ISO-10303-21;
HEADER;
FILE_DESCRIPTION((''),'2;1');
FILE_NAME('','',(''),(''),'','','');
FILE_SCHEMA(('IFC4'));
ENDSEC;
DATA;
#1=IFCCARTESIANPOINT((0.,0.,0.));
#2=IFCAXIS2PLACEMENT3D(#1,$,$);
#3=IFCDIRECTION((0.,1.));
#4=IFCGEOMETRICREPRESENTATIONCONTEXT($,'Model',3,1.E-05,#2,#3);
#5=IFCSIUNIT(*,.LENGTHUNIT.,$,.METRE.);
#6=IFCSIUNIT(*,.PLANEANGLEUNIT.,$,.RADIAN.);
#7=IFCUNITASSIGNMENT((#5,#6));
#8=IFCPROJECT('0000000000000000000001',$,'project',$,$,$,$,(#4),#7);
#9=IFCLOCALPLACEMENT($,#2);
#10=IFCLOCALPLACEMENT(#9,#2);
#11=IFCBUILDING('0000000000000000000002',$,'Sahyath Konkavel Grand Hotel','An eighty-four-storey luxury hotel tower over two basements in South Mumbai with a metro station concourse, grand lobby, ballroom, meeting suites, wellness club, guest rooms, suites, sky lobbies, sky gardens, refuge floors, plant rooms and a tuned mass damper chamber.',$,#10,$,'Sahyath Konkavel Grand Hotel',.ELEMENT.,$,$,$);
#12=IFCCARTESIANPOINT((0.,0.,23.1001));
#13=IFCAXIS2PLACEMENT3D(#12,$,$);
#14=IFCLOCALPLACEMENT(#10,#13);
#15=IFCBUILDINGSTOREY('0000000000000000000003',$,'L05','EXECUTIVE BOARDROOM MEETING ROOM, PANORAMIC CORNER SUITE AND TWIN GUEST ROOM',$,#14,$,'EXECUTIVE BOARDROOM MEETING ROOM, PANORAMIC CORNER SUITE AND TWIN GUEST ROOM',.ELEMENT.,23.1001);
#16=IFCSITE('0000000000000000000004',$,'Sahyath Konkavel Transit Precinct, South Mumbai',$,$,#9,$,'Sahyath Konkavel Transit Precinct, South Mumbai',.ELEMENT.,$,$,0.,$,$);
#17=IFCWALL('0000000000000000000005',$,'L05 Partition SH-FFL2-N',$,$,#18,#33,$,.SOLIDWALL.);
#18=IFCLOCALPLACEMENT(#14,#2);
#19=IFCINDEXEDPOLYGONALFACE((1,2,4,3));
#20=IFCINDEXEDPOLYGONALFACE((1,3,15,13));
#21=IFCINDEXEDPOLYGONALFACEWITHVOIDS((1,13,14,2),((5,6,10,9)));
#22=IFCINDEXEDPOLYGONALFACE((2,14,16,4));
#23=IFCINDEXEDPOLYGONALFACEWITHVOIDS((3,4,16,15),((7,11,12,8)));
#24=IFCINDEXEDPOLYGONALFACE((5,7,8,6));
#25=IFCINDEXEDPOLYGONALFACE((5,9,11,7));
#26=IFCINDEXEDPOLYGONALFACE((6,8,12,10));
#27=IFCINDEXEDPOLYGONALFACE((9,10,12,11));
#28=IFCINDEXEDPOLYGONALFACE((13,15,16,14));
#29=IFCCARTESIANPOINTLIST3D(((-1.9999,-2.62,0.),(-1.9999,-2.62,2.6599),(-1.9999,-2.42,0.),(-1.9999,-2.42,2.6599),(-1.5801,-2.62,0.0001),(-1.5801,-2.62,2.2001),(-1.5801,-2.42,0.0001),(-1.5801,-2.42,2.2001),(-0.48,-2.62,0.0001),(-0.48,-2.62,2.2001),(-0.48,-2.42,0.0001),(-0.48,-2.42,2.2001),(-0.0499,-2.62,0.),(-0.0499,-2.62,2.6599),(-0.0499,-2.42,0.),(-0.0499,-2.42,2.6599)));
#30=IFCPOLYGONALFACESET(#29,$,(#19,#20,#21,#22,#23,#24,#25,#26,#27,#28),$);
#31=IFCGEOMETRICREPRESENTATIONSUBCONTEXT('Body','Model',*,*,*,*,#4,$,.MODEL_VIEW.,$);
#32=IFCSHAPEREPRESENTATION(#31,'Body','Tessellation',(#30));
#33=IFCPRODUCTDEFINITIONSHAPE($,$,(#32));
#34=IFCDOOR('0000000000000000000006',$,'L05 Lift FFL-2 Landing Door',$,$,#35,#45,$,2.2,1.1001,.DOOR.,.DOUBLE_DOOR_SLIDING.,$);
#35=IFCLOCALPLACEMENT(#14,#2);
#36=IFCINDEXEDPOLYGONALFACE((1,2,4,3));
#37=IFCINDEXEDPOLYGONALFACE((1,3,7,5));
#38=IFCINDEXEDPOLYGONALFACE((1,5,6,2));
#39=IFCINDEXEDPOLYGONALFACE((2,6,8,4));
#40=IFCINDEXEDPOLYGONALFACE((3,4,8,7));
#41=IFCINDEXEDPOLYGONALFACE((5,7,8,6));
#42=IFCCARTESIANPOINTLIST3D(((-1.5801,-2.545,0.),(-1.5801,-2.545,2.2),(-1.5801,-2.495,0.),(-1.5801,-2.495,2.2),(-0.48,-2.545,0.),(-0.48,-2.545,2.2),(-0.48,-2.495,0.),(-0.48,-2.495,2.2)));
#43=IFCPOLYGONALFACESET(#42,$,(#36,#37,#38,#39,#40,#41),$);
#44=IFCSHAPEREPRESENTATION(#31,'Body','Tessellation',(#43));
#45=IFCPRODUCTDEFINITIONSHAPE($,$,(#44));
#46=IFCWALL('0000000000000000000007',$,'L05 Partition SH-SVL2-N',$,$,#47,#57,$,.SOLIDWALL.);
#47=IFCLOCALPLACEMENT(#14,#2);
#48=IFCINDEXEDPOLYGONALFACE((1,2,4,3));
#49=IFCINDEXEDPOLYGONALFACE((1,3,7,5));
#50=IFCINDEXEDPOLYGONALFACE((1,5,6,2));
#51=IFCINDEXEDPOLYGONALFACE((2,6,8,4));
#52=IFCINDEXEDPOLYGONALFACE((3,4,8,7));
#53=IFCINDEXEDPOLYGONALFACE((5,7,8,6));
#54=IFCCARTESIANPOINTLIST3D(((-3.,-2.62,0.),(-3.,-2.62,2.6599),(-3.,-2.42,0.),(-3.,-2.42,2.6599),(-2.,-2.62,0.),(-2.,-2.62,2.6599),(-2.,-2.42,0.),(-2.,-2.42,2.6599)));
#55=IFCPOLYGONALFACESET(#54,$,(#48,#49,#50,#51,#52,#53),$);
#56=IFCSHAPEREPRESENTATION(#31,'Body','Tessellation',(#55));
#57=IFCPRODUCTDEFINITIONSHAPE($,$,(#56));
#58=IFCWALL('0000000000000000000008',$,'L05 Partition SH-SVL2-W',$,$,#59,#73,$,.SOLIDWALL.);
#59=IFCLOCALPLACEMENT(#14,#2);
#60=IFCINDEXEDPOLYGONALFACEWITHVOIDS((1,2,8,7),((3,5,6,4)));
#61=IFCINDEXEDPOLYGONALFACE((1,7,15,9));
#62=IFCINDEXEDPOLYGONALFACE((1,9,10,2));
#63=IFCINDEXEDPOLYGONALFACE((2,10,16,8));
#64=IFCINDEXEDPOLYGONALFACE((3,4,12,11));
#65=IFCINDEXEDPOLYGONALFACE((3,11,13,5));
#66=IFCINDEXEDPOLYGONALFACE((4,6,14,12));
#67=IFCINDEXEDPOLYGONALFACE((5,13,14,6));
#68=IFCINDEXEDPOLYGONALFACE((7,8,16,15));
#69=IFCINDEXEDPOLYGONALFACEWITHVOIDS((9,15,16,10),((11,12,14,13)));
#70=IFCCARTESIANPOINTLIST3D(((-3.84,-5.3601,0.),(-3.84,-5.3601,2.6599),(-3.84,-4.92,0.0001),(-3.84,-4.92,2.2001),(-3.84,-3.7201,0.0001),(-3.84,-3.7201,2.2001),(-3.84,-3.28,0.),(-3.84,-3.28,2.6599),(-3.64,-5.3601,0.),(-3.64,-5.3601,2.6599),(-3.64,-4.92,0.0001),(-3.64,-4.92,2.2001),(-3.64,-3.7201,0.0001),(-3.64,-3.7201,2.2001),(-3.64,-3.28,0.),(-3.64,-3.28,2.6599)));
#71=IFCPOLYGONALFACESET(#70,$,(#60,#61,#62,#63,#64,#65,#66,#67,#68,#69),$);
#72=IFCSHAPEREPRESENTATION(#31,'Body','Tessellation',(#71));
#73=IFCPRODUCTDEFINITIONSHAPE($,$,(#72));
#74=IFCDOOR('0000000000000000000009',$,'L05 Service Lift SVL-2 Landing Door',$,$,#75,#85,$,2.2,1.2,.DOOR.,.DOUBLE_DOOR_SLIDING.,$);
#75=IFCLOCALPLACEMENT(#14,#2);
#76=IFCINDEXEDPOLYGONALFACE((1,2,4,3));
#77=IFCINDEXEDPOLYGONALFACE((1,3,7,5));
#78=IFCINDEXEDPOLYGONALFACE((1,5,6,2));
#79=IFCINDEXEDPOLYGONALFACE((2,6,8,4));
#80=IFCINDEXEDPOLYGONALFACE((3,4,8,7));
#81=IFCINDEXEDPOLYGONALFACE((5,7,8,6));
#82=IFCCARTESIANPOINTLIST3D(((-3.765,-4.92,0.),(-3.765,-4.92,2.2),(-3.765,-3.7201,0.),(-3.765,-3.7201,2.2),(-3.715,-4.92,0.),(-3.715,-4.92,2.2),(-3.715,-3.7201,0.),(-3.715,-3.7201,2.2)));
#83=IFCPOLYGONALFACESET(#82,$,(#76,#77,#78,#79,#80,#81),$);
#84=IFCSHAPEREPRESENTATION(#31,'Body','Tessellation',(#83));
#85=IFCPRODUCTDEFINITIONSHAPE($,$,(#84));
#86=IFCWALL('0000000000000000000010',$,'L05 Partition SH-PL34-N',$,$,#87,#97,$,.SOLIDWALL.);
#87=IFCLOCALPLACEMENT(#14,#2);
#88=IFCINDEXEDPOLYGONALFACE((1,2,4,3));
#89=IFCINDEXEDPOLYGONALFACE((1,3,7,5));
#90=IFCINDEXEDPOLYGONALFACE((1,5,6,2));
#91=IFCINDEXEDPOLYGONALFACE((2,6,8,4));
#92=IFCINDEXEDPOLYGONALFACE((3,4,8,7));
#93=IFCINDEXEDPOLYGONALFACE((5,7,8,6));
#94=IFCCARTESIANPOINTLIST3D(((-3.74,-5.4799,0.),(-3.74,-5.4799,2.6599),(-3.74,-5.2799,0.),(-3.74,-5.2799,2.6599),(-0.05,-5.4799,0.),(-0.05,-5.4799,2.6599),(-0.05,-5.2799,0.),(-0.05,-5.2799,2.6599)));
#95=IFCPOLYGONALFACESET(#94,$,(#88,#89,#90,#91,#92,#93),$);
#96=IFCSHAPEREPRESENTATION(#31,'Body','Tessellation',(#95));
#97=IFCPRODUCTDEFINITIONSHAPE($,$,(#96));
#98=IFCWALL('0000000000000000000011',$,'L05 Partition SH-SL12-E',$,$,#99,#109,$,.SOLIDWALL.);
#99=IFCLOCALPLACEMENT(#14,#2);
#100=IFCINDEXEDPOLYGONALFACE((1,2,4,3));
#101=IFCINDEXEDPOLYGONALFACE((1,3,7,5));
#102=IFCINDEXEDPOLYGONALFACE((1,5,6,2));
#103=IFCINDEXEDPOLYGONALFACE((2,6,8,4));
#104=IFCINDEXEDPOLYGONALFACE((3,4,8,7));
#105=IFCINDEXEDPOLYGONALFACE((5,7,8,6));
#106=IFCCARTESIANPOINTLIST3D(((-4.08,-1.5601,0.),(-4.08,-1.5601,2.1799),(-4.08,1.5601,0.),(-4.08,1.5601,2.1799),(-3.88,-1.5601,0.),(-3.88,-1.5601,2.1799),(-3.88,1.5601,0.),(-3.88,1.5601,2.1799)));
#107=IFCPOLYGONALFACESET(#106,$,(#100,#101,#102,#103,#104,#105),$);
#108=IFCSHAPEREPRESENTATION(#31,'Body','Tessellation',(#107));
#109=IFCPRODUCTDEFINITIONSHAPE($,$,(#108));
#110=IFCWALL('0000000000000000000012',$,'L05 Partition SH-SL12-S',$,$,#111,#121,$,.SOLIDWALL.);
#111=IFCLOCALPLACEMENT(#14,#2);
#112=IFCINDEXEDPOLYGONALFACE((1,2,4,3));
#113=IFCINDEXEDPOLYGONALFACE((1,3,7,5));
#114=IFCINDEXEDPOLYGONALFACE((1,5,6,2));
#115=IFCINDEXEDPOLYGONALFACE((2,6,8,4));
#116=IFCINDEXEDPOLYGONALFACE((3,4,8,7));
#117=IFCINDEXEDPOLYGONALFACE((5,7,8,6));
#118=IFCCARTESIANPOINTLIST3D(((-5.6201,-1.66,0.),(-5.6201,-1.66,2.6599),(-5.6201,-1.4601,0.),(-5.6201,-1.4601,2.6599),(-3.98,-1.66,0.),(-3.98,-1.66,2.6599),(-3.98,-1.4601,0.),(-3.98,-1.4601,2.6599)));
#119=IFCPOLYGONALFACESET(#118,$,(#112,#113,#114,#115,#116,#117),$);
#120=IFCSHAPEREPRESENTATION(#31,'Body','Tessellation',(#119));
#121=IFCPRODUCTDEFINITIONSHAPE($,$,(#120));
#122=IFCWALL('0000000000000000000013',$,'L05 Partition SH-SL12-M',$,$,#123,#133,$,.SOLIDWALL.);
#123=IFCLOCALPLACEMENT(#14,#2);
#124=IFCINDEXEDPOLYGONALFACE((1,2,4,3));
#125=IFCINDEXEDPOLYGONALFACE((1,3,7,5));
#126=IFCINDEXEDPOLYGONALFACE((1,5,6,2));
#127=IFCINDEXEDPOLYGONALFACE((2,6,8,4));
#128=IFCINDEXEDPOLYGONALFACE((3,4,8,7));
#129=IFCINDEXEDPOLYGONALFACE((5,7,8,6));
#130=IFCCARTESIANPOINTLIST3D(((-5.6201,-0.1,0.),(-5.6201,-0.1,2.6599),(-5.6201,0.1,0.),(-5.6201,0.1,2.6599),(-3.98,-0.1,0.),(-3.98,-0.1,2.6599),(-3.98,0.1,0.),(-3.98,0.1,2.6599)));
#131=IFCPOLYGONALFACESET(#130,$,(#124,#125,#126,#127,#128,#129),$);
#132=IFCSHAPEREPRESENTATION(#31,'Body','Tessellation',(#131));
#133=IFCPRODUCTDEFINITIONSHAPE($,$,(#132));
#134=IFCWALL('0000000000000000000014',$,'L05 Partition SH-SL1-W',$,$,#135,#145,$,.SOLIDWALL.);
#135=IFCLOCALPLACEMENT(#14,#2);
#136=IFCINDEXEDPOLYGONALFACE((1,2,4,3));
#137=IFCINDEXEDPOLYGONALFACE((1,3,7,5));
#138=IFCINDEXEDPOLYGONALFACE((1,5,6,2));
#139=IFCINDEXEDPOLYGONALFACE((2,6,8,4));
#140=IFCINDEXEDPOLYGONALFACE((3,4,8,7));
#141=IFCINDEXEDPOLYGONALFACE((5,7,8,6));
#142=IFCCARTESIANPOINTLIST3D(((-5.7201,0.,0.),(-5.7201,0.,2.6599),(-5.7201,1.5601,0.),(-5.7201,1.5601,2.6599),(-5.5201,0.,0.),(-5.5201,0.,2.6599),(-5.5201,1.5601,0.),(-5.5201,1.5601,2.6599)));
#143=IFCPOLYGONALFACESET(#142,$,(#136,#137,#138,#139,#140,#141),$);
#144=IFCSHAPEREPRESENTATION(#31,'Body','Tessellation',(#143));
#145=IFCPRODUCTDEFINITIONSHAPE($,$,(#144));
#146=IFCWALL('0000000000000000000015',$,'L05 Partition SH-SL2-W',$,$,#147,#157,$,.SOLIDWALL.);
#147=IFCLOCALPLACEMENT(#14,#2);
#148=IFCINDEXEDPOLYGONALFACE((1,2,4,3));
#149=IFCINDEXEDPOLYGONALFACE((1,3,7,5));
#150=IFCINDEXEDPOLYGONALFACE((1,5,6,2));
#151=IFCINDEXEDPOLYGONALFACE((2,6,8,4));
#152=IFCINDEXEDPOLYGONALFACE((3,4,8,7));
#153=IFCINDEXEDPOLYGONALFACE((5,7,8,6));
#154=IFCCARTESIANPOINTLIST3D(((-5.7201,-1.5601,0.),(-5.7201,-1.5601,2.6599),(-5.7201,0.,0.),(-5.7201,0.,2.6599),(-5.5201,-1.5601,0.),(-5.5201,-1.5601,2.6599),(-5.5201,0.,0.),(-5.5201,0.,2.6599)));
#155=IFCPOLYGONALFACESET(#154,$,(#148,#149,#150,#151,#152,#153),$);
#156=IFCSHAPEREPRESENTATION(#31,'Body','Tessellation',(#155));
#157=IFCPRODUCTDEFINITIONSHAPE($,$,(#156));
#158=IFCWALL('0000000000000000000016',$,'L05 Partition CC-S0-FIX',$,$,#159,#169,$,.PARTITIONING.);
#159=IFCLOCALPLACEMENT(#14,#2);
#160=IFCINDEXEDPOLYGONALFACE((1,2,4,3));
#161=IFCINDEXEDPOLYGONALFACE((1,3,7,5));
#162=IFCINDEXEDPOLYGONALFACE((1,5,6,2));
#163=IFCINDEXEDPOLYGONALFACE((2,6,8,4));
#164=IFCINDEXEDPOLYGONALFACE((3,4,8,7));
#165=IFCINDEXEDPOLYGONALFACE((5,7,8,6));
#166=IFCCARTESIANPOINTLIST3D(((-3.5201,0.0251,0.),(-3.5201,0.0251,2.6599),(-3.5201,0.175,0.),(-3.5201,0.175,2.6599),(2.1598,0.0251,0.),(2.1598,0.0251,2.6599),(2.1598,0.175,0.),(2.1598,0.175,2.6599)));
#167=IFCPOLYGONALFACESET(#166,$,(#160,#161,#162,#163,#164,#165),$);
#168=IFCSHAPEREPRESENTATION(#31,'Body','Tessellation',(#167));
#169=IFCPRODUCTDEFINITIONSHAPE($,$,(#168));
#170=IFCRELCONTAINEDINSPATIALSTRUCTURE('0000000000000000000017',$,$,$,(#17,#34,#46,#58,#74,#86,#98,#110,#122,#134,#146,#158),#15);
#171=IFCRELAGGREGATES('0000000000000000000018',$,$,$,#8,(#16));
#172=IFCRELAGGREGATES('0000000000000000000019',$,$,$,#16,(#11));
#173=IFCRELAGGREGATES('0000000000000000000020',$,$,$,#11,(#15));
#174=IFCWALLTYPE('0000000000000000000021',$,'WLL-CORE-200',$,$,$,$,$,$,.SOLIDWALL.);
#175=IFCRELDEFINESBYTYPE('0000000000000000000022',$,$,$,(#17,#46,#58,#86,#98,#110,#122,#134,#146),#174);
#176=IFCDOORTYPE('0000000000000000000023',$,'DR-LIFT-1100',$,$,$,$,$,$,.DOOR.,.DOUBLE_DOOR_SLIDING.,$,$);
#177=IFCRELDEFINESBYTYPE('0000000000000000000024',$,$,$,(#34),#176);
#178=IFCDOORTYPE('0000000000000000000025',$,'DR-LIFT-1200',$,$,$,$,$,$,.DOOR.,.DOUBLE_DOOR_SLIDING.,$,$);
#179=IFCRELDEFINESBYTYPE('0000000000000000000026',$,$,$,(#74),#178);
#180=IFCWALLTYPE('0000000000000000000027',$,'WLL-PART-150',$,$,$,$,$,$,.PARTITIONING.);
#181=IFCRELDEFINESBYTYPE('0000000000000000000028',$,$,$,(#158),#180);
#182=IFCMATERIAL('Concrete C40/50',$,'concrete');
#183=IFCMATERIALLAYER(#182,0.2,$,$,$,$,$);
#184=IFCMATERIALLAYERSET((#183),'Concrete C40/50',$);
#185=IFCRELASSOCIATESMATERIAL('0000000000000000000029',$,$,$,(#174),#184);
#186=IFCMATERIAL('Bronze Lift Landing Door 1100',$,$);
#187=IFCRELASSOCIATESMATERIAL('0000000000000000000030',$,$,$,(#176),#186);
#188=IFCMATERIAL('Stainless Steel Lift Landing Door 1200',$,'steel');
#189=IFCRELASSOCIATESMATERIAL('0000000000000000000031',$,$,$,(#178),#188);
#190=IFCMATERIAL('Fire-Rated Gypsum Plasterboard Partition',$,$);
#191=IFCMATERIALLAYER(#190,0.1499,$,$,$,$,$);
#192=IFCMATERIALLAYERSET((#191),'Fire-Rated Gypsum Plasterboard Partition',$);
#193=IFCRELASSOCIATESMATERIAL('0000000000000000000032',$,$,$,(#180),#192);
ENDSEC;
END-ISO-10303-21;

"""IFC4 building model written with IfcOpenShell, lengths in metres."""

from ifc_helpers import new_model, si_unit, direction, frame, frame_2d, origin, origin_2d, place, context, subcontext, project, spatial, rectangle, extrude, source, transform, mapped, material, layer, layer_set, type_object, element, fill, save


model = new_model("IFC4")

# Units and contexts
model_context = context("Model", 3, precision=1e-05, world=origin(), true_north=direction((0.0, 1.0)))
body_context = subcontext(model_context, "Body", "Model", "MODEL_VIEW")
ifc_project = project(units=[si_unit("LENGTHUNIT", "METRE"), si_unit("PLANEANGLEUNIT", "RADIAN")], contexts=[model_context])

# Site, building, storey
site_placement = place(None, origin())
site = spatial("IfcSite", under=ifc_project, at=site_placement, Name="Sahyath Konkavel Transit Precinct, South Mumbai", LongName="Sahyath Konkavel Transit Precinct, South Mumbai", CompositionType="ELEMENT", RefElevation=0.0)
building_placement = place(site_placement, origin())
building = spatial("IfcBuilding", under=site, at=building_placement, Name="Sahyath Konkavel Grand Hotel", Description="An eighty-four-storey luxury hotel tower over two basements in South Mumbai with a metro station concourse, grand lobby, ballroom, meeting suites, wellness club, guest rooms, suites, sky lobbies, sky gardens, refuge floors, plant rooms and a tuned mass damper chamber.", LongName="Sahyath Konkavel Grand Hotel", CompositionType="ELEMENT")
storey_placement = place(building_placement, frame((0.0, 0.0, 23.1001)))
storey = spatial("IfcBuildingStorey", under=building, at=storey_placement, Name="L05", Description="EXECUTIVE BOARDROOM MEETING ROOM, PANORAMIC CORNER SUITE AND TWIN GUEST ROOM", LongName="EXECUTIVE BOARDROOM MEETING ROOM, PANORAMIC CORNER SUITE AND TWIN GUEST ROOM", CompositionType="ELEMENT", Elevation=23.1001)

# Shared definitions
ifc_material_1 = material(Name="Concrete C40/50", Category="concrete")

# Shared definitions
ifc_layer_1 = layer(ifc_material_1, 0.2)
ifc_layer_set_1 = layer_set([ifc_layer_1], Name="Concrete C40/50")
wall_type_1 = type_object("IfcWallType", Name="WLL-CORE-200", PredefinedType="SOLIDWALL", material=ifc_layer_set_1)

# Wall, opening, door
wall_1_placement = place(storey_placement, frame((-2.0, -2.52, 0.0), z_axis=(0.0, 0.0, 1.0), x_axis=(1.0, 0.0, 0.0)))
wall_1 = element("IfcWall", 1, at=wall_1_placement, inside=storey, type_object=wall_type_1, Name="L05 Partition SH-FFL2-N", PredefinedType="SOLIDWALL", context=body_context, shape_type="SweptSolid", body=[
    extrude(rectangle(XDim=1.95, YDim=0.2, at=frame_2d((0.9751, 0.0))), origin(), (0.0, 0.0, 1.0), 2.6599),
])
opening_1_placement = place(wall_1_placement, frame((0.4199, 0.0, 0.0)))
opening_1 = element("IfcOpeningElement", 2, at=opening_1_placement, cuts=wall_1, PredefinedType="OPENING", context=body_context, shape_type="SweptSolid", body=[
    extrude(rectangle(XDim=1.1001, YDim=2.2, at=frame_2d((0.55, 1.1001))), frame((0.0, 0.1099, 0.0), z_axis=(0.0, -1.0, 0.0), x_axis=(1.0, 0.0, 0.0)), (0.0, 0.0, 1.0), 0.22),
])
ifc_material_2 = material(Name="Bronze Lift Landing Door 1100")
door_type_1 = type_object("IfcDoorType", Name="DR-LIFT-1100", OperationType="DOUBLE_DOOR_SLIDING", PredefinedType="DOOR", material=ifc_material_2)
shared_shape_1 = source(origin(), body_context, "Body", "SweptSolid", [
    extrude(rectangle(XDim=1.1001, YDim=0.05, at=origin_2d()), origin(), (0.0, 0.0, 1.0), 2.2),
])
door_1_placement = place(opening_1_placement, frame((0.55, 0.0, 0.0)))
door_1 = element("IfcDoor", 3, at=door_1_placement, inside=storey, type_object=door_type_1, Name="L05 Lift FFL-2 Landing Door", OperationType="DOUBLE_DOOR_SLIDING", OverallHeight=2.2, OverallWidth=1.1001, PredefinedType="DOOR", context=body_context, shape_type="MappedRepresentation", body=[
    mapped(shared_shape_1, transform((0.0, 0.0, 0.0), scale=1.0)),
])
fill(opening_1, door_1)

# Wall
wall_2_placement = place(storey_placement, frame((-3.0, -2.52, 0.0), z_axis=(0.0, 0.0, 1.0), x_axis=(1.0, 0.0, 0.0)))
element("IfcWall", 4, at=wall_2_placement, inside=storey, type_object=wall_type_1, Name="L05 Partition SH-SVL2-N", PredefinedType="SOLIDWALL", context=body_context, shape_type="SweptSolid", body=[
    extrude(rectangle(XDim=1.0, YDim=0.2, at=frame_2d((0.5, 0.0))), origin(), (0.0, 0.0, 1.0), 2.6599),
])

# Wall, opening, door
wall_3_placement = place(storey_placement, frame((-3.74, -5.3601, 0.0), z_axis=(0.0, 0.0, 1.0), x_axis=(0.0, 1.0, 0.0)))
wall_3 = element("IfcWall", 5, at=wall_3_placement, inside=storey, type_object=wall_type_1, Name="L05 Partition SH-SVL2-W", PredefinedType="SOLIDWALL", context=body_context, shape_type="SweptSolid", body=[
    extrude(rectangle(XDim=2.0801, YDim=0.2, at=frame_2d((1.04, 0.0))), origin(), (0.0, 0.0, 1.0), 2.6599),
])
opening_2_placement = place(wall_3_placement, frame((0.4399, 0.0, 0.0)))
opening_2 = element("IfcOpeningElement", 6, at=opening_2_placement, cuts=wall_3, PredefinedType="OPENING", context=body_context, shape_type="SweptSolid", body=[
    extrude(rectangle(XDim=1.2, YDim=2.2, at=frame_2d((0.6001, 1.1001))), frame((0.0, 0.1099, 0.0), z_axis=(0.0, -1.0, 0.0), x_axis=(1.0, 0.0, 0.0)), (0.0, 0.0, 1.0), 0.22),
])
ifc_material_3 = material(Name="Stainless Steel Lift Landing Door 1200", Category="steel")
door_type_2 = type_object("IfcDoorType", Name="DR-LIFT-1200", OperationType="DOUBLE_DOOR_SLIDING", PredefinedType="DOOR", material=ifc_material_3)
shared_shape_2 = source(origin(), body_context, "Body", "SweptSolid", [
    extrude(rectangle(XDim=1.2, YDim=0.05, at=origin_2d()), origin(), (0.0, 0.0, 1.0), 2.2),
])
door_2_placement = place(opening_2_placement, frame((0.6001, 0.0, 0.0)))
door_2 = element("IfcDoor", 7, at=door_2_placement, inside=storey, type_object=door_type_2, Name="L05 Service Lift SVL-2 Landing Door", OperationType="DOUBLE_DOOR_SLIDING", OverallHeight=2.2, OverallWidth=1.2, PredefinedType="DOOR", context=body_context, shape_type="MappedRepresentation", body=[
    mapped(shared_shape_2, transform((0.0, 0.0, 0.0), scale=1.0)),
])
fill(opening_2, door_2)

# Walls
wall_4_placement = place(storey_placement, frame((-3.74, -5.3799, 0.0), z_axis=(0.0, 0.0, 1.0), x_axis=(1.0, 0.0, 0.0)))
element("IfcWall", 8, at=wall_4_placement, inside=storey, type_object=wall_type_1, Name="L05 Partition SH-PL34-N", PredefinedType="SOLIDWALL", context=body_context, shape_type="SweptSolid", body=[
    extrude(rectangle(XDim=3.6899, YDim=0.2, at=frame_2d((1.845, 0.0))), origin(), (0.0, 0.0, 1.0), 2.6599),
])
wall_5_placement = place(storey_placement, frame((-3.98, -1.5601, 0.0), z_axis=(0.0, 0.0, 1.0), x_axis=(0.0, 1.0, 0.0)))
element("IfcWall", 9, at=wall_5_placement, inside=storey, type_object=wall_type_1, Name="L05 Partition SH-SL12-E", PredefinedType="SOLIDWALL", context=body_context, shape_type="SweptSolid", body=[
    extrude(rectangle(XDim=3.1201, YDim=0.2, at=frame_2d((1.5601, 0.0))), origin(), (0.0, 0.0, 1.0), 2.1799),
])
for number, where, z_axis, x_axis, name in (
    (10, (-5.6201, -1.5601, 0.0), (0.0, 0.0, 1.0), (1.0, 0.0, 0.0), "L05 Partition SH-SL12-S"),
    (11, (-5.6201, 0.0, 0.0), (0.0, 0.0, 1.0), (1.0, 0.0, 0.0), "L05 Partition SH-SL12-M"),
):
    element("IfcWall", number, at=place(storey_placement, frame(where, z_axis=z_axis, x_axis=x_axis)), inside=storey, type_object=wall_type_1, Name=name, PredefinedType="SOLIDWALL", context=body_context, shape_type="SweptSolid", body=[
        extrude(rectangle(XDim=1.6401, YDim=0.2, at=frame_2d((0.8201, 0.0))), origin(), (0.0, 0.0, 1.0), 2.6599),
    ])
for number, where, z_axis, x_axis, name in (
    (12, (-5.6201, 0.0, 0.0), (0.0, 0.0, 1.0), (0.0, 1.0, 0.0), "L05 Partition SH-SL1-W"),
    (13, (-5.6201, -1.5601, 0.0), (0.0, 0.0, 1.0), (0.0, 1.0, 0.0), "L05 Partition SH-SL2-W"),
):
    element("IfcWall", number, at=place(storey_placement, frame(where, z_axis=z_axis, x_axis=x_axis)), inside=storey, type_object=wall_type_1, Name=name, PredefinedType="SOLIDWALL", context=body_context, shape_type="SweptSolid", body=[
        extrude(rectangle(XDim=1.5601, YDim=0.2, at=frame_2d((0.78, 0.0))), origin(), (0.0, 0.0, 1.0), 2.6599),
    ])
ifc_material_4 = material(Name="Fire-Rated Gypsum Plasterboard Partition")
ifc_layer_2 = layer(ifc_material_4, 0.1499)
ifc_layer_set_2 = layer_set([ifc_layer_2], Name="Fire-Rated Gypsum Plasterboard Partition")
wall_type_2 = type_object("IfcWallType", Name="WLL-PART-150", PredefinedType="PARTITIONING", material=ifc_layer_set_2)
wall_6_placement = place(storey_placement, frame((-3.52, 0.1001, 0.0), z_axis=(0.0, 0.0, 1.0), x_axis=(1.0, 0.0, 0.0)))
element("IfcWall", 14, at=wall_6_placement, inside=storey, type_object=wall_type_2, Name="L05 Partition CC-S0-FIX", PredefinedType="PARTITIONING", context=body_context, shape_type="SweptSolid", body=[
    extrude(rectangle(XDim=5.6799, YDim=0.1499, at=frame_2d((2.8398, 0.0))), origin(), (0.0, 0.0, 1.0), 2.6599),
])

save(model, "model.ifc")
